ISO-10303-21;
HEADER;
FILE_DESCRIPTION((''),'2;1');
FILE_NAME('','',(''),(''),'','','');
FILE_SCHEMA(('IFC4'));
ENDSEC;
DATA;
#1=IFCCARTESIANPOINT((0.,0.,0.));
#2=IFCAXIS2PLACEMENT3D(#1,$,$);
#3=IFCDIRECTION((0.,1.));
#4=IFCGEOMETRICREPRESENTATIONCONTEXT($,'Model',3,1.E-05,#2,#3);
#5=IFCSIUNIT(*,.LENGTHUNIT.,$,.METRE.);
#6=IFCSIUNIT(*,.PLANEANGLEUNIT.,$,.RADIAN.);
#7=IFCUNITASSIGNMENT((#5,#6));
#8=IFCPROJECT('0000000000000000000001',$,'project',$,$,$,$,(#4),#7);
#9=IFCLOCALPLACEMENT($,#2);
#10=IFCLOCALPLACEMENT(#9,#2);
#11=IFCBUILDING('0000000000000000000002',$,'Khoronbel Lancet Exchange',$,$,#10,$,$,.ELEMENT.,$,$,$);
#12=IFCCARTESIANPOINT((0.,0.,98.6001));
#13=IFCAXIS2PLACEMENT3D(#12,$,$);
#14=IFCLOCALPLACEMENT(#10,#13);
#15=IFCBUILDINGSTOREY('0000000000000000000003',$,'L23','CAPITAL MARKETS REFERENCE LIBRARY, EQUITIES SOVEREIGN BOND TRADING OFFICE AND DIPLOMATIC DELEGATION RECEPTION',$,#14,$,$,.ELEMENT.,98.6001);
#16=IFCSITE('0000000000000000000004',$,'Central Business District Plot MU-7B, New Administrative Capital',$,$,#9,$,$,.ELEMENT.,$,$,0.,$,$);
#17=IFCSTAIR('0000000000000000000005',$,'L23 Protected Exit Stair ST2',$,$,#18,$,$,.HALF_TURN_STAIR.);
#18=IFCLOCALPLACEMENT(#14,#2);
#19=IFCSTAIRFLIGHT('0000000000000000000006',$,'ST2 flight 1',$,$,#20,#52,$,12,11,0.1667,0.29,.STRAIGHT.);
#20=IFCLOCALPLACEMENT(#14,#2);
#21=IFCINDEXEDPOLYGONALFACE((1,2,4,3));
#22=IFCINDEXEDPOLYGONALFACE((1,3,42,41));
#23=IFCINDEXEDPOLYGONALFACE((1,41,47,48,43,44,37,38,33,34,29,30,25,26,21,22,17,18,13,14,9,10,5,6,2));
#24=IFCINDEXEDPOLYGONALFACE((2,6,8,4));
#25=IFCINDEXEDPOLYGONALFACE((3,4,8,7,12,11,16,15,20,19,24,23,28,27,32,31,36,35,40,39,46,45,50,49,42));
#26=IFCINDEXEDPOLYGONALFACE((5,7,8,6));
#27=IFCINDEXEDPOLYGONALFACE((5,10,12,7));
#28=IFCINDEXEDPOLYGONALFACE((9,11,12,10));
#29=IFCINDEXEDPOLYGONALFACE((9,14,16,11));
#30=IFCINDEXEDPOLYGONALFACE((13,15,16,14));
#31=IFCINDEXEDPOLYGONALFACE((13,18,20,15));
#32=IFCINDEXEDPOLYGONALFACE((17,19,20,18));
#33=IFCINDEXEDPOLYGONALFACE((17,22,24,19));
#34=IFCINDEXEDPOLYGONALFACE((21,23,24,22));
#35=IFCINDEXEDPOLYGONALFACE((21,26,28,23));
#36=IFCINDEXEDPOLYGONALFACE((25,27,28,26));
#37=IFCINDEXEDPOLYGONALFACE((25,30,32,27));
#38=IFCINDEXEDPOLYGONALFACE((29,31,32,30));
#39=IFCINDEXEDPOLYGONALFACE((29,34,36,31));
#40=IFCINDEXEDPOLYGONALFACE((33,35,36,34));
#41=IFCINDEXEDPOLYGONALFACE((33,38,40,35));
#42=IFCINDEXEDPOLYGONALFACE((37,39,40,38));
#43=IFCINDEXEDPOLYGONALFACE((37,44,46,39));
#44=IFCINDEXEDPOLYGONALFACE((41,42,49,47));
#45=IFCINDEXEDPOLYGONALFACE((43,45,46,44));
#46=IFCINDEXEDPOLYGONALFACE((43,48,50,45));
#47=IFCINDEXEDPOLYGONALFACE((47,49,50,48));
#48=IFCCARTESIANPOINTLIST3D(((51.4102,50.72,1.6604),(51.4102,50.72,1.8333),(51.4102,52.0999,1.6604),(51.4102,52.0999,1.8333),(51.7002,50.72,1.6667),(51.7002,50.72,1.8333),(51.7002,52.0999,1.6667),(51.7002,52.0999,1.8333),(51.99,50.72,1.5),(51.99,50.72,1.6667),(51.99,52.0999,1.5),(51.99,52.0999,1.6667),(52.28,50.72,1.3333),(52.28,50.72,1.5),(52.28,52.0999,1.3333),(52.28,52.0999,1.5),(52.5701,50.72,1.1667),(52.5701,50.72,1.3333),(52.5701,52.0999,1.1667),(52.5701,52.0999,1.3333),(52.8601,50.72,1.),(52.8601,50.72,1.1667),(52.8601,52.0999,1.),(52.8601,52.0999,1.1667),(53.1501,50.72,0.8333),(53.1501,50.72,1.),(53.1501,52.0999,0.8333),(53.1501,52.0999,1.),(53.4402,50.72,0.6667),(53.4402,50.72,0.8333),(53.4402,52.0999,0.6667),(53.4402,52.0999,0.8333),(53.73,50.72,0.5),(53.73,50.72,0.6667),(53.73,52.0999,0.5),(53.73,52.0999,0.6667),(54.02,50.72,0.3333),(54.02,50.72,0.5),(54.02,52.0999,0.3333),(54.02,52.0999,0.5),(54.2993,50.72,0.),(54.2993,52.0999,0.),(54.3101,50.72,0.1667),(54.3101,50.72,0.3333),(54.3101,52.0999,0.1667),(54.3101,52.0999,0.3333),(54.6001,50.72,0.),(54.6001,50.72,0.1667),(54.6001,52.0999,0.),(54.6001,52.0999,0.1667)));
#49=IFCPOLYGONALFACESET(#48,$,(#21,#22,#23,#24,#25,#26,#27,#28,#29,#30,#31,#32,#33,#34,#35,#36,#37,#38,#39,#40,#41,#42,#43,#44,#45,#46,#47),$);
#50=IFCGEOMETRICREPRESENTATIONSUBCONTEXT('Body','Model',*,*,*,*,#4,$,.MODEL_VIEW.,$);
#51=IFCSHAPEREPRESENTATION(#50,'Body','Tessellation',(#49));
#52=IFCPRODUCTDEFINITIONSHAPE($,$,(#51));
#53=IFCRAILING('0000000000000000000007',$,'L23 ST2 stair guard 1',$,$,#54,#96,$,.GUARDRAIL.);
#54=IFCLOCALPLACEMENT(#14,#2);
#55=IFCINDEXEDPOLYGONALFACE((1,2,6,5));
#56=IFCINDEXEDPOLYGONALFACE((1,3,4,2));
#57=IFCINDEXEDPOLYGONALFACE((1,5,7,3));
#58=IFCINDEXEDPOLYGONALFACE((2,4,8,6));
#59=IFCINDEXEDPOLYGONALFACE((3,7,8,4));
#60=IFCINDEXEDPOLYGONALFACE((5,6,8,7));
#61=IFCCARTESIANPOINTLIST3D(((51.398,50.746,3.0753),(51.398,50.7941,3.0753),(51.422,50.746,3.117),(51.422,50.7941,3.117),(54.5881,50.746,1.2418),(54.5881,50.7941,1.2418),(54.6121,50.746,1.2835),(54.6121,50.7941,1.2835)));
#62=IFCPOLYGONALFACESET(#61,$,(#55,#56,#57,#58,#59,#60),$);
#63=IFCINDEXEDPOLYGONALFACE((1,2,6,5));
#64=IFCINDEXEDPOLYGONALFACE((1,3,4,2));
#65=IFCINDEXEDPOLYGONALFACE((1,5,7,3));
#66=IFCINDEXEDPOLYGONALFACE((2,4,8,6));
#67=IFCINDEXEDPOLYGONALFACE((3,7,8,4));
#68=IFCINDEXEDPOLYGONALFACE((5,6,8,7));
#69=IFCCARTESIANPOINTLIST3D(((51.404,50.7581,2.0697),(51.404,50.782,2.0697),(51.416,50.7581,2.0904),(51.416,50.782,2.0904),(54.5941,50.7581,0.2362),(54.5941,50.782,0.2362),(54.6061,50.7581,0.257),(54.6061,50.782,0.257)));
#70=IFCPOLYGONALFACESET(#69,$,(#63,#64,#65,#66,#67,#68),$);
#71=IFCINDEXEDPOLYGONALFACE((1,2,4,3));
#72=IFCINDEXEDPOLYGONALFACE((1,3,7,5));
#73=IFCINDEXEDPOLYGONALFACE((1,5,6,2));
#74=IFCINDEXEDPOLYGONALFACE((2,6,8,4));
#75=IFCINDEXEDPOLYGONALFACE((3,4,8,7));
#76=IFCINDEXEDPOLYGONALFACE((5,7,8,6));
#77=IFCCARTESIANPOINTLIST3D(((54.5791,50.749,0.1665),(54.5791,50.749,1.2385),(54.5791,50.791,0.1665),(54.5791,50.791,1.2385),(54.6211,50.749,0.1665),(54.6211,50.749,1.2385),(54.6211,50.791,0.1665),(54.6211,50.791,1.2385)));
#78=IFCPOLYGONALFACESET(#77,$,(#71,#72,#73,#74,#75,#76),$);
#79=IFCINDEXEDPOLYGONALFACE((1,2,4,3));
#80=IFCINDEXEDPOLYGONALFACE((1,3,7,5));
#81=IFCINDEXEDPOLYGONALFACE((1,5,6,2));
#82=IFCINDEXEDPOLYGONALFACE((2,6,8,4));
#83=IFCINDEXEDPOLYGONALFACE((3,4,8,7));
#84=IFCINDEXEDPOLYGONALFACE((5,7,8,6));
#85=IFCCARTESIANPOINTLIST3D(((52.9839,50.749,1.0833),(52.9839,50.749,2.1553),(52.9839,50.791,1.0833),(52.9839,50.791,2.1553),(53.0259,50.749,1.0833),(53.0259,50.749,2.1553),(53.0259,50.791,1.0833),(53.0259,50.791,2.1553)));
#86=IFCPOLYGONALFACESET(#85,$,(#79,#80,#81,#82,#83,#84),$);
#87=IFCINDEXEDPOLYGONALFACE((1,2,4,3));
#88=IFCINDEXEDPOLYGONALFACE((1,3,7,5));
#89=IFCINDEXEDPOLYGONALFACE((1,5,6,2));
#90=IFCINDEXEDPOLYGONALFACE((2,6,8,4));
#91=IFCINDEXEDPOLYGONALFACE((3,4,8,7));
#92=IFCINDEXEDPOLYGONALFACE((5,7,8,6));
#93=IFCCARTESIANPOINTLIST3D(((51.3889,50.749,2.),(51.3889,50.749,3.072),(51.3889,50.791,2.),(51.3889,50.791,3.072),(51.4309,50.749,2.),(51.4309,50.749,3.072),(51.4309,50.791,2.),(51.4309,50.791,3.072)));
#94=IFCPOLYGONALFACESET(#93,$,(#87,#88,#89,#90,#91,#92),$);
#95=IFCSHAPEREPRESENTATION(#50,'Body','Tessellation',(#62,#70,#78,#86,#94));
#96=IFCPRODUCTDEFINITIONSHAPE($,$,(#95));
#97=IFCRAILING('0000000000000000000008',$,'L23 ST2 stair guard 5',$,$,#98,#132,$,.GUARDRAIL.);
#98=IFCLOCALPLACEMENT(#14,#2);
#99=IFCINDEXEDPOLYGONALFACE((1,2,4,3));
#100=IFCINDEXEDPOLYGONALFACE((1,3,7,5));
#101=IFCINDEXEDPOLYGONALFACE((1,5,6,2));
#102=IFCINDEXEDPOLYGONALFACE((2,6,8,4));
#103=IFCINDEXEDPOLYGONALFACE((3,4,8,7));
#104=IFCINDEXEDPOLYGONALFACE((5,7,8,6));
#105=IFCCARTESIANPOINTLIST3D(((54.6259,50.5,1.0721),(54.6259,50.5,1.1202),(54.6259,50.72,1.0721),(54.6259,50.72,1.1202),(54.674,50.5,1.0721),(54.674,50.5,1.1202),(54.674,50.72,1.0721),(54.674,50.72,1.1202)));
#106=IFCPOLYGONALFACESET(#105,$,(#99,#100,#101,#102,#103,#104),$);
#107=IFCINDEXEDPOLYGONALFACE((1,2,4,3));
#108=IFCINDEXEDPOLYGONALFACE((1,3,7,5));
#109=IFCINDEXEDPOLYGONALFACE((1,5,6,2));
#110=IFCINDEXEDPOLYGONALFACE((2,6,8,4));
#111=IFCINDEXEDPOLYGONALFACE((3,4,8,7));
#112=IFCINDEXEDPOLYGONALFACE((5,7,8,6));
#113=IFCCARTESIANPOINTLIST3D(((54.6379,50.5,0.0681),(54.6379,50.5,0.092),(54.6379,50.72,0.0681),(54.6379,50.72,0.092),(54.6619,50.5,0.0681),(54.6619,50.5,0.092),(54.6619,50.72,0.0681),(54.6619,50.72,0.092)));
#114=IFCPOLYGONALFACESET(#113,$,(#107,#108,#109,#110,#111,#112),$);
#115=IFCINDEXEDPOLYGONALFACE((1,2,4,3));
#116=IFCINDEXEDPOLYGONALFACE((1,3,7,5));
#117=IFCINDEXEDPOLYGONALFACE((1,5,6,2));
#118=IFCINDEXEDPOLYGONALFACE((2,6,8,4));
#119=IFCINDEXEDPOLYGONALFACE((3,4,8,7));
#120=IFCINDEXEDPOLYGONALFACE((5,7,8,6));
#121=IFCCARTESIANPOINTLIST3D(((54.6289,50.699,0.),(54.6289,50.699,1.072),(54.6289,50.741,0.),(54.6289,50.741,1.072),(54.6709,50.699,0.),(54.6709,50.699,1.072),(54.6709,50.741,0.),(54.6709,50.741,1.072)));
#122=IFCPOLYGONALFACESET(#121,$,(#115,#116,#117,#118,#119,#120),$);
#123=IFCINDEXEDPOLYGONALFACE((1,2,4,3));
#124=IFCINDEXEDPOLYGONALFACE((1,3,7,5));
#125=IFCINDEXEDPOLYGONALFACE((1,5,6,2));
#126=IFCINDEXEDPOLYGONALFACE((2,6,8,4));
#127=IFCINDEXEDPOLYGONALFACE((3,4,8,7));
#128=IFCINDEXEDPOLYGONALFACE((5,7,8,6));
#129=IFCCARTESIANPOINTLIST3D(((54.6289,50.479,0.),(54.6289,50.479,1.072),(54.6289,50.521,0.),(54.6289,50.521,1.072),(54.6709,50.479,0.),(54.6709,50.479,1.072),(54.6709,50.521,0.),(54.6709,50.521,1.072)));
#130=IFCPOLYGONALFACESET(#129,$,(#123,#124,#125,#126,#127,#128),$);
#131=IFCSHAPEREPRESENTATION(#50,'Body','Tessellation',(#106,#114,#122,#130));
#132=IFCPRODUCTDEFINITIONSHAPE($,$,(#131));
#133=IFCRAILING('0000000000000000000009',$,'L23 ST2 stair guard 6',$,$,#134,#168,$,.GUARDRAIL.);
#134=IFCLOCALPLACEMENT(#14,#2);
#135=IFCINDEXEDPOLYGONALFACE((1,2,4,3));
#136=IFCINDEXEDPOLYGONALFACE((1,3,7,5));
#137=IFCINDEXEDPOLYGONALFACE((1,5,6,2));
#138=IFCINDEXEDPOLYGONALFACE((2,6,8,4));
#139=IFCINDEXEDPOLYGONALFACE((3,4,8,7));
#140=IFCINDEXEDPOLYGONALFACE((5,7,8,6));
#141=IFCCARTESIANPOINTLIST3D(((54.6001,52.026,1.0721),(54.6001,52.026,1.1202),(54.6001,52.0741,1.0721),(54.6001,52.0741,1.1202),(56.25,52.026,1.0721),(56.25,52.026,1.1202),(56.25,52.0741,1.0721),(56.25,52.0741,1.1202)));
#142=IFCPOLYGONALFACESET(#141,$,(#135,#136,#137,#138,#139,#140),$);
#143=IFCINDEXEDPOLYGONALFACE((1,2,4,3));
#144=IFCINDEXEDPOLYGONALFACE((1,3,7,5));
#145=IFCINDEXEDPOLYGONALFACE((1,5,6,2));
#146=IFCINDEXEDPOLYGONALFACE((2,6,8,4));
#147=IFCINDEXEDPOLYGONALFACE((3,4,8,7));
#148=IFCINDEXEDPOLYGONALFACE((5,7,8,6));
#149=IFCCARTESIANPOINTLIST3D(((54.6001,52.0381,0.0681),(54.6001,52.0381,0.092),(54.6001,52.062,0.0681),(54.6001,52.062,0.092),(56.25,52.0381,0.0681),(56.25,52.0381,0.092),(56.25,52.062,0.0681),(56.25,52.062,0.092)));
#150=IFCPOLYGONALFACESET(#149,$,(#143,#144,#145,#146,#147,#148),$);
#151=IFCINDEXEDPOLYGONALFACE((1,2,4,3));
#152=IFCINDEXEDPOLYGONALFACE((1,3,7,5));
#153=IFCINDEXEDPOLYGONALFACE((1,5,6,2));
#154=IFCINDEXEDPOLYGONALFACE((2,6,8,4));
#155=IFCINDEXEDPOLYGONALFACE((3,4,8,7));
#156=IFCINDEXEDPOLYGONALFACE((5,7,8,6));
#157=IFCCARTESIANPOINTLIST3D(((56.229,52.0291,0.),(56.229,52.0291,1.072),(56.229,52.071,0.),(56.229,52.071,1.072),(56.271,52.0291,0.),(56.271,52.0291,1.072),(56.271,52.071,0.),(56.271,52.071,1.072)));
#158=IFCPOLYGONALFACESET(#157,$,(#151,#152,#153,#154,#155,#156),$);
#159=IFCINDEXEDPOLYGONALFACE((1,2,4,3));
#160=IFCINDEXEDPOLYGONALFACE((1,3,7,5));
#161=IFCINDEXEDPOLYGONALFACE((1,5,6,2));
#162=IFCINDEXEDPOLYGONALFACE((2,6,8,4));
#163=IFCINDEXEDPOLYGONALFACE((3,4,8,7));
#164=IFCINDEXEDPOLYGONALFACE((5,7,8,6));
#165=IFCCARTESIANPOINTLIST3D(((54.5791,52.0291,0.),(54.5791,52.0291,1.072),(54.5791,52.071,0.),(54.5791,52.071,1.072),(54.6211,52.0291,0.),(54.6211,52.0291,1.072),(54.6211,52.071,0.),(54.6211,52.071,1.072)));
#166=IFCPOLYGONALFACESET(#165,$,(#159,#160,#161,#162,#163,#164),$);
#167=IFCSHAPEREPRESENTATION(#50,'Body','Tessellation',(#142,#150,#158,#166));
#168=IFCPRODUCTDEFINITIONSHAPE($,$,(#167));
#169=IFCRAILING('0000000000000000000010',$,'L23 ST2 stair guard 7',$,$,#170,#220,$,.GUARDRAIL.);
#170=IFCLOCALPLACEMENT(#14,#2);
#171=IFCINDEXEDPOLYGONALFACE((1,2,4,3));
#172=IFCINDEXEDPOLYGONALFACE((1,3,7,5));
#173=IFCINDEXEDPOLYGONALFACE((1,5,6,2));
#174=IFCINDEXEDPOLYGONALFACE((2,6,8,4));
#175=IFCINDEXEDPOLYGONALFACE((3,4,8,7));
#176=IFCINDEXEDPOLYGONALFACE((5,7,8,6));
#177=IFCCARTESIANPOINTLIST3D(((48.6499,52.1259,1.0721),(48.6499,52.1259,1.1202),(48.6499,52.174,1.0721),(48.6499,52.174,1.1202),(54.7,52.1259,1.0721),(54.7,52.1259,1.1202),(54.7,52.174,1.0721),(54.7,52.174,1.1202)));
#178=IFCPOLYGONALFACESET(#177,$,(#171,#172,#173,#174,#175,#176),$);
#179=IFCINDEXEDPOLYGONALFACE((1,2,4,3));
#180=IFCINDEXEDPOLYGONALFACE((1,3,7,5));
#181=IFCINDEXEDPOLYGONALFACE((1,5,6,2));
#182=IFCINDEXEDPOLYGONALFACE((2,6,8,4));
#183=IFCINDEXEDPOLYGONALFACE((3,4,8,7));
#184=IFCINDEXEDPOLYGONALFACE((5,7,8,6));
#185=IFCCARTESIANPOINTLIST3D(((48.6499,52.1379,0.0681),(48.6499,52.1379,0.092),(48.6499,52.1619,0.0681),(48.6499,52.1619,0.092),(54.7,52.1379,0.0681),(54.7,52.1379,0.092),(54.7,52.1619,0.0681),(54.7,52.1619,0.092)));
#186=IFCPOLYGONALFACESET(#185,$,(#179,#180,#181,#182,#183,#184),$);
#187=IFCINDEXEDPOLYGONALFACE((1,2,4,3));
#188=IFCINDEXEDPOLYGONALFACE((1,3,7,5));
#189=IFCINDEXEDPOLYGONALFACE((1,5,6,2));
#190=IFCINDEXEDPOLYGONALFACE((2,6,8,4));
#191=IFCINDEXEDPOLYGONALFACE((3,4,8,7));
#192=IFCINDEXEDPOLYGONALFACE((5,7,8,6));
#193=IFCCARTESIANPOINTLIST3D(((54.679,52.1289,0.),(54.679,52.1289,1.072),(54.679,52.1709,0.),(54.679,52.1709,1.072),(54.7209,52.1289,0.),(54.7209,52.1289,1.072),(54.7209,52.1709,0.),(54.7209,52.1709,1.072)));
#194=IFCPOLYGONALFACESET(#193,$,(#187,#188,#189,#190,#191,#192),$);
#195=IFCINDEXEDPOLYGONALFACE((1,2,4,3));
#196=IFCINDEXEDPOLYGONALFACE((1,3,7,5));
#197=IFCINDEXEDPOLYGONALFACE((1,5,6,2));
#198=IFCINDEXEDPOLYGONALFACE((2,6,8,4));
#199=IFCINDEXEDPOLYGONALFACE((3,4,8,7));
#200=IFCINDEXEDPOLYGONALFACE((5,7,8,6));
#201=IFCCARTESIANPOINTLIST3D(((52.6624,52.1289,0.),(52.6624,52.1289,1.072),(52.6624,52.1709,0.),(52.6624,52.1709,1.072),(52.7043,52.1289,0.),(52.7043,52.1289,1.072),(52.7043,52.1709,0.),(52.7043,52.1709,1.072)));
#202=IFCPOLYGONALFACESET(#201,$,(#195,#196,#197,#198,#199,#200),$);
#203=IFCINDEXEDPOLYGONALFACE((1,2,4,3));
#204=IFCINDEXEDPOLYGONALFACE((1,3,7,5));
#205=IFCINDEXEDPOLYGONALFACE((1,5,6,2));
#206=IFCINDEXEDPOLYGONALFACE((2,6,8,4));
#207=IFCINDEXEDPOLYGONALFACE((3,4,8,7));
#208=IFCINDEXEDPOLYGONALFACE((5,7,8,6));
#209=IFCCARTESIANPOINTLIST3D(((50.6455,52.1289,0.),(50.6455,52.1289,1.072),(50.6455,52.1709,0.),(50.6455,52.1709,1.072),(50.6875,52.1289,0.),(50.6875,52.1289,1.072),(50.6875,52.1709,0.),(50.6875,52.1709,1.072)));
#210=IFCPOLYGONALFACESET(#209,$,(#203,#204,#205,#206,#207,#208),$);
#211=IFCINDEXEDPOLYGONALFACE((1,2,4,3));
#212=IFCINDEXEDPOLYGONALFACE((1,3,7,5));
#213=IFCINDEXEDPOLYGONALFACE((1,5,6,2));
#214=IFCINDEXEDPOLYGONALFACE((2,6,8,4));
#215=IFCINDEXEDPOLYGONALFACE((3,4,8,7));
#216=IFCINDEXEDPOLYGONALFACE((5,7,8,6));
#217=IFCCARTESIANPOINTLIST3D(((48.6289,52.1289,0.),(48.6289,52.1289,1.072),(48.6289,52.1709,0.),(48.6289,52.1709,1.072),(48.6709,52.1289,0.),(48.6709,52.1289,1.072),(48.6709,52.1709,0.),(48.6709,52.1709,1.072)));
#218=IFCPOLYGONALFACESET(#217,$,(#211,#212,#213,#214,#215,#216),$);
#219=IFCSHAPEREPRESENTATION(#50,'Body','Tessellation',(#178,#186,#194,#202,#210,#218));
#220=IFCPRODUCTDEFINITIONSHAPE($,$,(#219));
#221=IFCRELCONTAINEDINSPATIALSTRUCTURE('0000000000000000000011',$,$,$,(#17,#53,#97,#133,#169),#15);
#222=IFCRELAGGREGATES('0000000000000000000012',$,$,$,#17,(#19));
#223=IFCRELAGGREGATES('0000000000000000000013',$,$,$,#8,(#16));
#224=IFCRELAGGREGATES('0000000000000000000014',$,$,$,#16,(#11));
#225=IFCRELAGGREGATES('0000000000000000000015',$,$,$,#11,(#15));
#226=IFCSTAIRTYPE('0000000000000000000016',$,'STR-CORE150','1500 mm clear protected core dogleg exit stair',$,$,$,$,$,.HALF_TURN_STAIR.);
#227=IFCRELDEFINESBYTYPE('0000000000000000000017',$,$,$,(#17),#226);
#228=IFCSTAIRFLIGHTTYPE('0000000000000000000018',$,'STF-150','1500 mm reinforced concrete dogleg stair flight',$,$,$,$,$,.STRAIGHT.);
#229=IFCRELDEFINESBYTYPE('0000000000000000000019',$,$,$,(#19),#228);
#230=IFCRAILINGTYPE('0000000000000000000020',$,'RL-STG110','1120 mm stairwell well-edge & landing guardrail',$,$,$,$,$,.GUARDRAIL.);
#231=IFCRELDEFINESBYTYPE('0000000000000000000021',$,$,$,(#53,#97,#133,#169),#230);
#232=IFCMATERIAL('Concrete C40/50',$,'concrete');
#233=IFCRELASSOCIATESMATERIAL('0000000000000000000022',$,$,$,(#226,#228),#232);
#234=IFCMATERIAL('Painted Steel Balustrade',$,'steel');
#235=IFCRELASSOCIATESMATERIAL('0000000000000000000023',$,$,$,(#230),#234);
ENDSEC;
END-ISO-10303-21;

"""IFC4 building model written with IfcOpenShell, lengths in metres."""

from ifc_helpers import new_model, si_unit, direction, frame, origin, origin_2d, place, context, subcontext, project, spatial, polyline, rectangle, outline, extrude, material, type_object, element, aggregate, save


model = new_model("IFC4")

# Units and contexts
model_context = context("Model", 3, precision=1e-05, world=origin(), true_north=direction((0.0, 1.0)))
body_context = subcontext(model_context, "Body", "Model", "MODEL_VIEW")
ifc_project = project(units=[si_unit("LENGTHUNIT", "METRE"), si_unit("PLANEANGLEUNIT", "RADIAN")], contexts=[model_context])

# Site, building, storey
site_placement = place(None, origin())
site = spatial("IfcSite", under=ifc_project, at=site_placement, Name="Central Business District Plot MU-7B, New Administrative Capital", CompositionType="ELEMENT", RefElevation=0.0)
building_placement = place(site_placement, origin())
building = spatial("IfcBuilding", under=site, at=building_placement, Name="Khoronbel Lancet Exchange", CompositionType="ELEMENT")
storey_placement = place(building_placement, frame((0.0, 0.0, 98.6001)))
storey = spatial("IfcBuildingStorey", under=building, at=storey_placement, Name="L23", Description="CAPITAL MARKETS REFERENCE LIBRARY, EQUITIES SOVEREIGN BOND TRADING OFFICE AND DIPLOMATIC DELEGATION RECEPTION", CompositionType="ELEMENT", Elevation=98.6001)

# Stair, stair flight
ifc_material_1 = material(Name="Concrete C40/50", Category="concrete")
stair_type = type_object("IfcStairType", Name="STR-CORE150", Description="1500 mm clear protected core dogleg exit stair", PredefinedType="HALF_TURN_STAIR", material=ifc_material_1)
stair_placement = place(storey_placement, origin())
stair = element("IfcStair", 1, at=stair_placement, inside=storey, type_object=stair_type, Name="L23 Protected Exit Stair ST2", PredefinedType="HALF_TURN_STAIR")
stair_flight_type = type_object("IfcStairFlightType", Name="STF-150", Description="1500 mm reinforced concrete dogleg stair flight", PredefinedType="STRAIGHT", material=ifc_material_1)
stair_flight_placement = place(storey_placement, frame((54.6001, 51.4099, 0.0), z_axis=(0.0, 0.0, 1.0), x_axis=(-1.0, 0.0, 0.0)))
stair_flight = element("IfcStairFlight", 2, at=stair_flight_placement, type_object=stair_flight_type, Name="ST2 flight 1", NumberOfRisers=12, NumberOfTreads=11, PredefinedType="STRAIGHT", RiserHeight=0.1667, TreadLength=0.29, context=body_context, shape_type="SweptSolid", body=[
    extrude(outline(polyline([(0.0, 0.0), (0.0, 0.1667), (0.29, 0.1667), (0.29, 0.3333), (0.5801, 0.3333), (0.5801, 0.5), (0.8701, 0.5), (0.8701, 0.6667), (1.1599, 0.6667), (1.1599, 0.8333), (1.45, 0.8333), (1.45, 1.0), (1.74, 1.0), (1.74, 1.1667), (2.03, 1.1667), (2.03, 1.3333), (2.3201, 1.3333), (2.3201, 1.5), (2.6101, 1.5), (2.6101, 1.6667), (2.8999, 1.6667), (2.8999, 1.8333), (3.1899, 1.8333), (3.1899, 2.0), (3.1899, 1.6604), (0.3008, 0.0), (0.0, 0.0)])), frame((0.0, 0.6899, 0.0), z_axis=(0.0, -1.0, 0.0), x_axis=(1.0, 0.0, 0.0)), (0.0, 0.0, 1.0), 1.3799),
])
aggregate(stair, [stair_flight])

# Railings
ifc_material_2 = material(Name="Painted Steel Balustrade", Category="steel")
railing_type_1 = type_object("IfcRailingType", Name="RL-STG110", Description="1120 mm stairwell well-edge & landing guardrail", PredefinedType="GUARDRAIL", material=ifc_material_2)
railing_1_placement = place(storey_placement, frame((54.6001, 50.77, 0.1665)))
element("IfcRailing", 3, at=railing_1_placement, inside=storey, type_object=railing_type_1, Name="L23 ST2 stair guard 1", PredefinedType="GUARDRAIL", context=body_context, shape_type="SweptSolid", body=[
    extrude(rectangle(XDim=0.0481, YDim=0.0481, at=origin_2d()), frame((0.0, 0.0, 1.0962), z_axis=(-0.867007, 0.0, 0.498295), x_axis=(0.0, -1.0, 0.0)), (0.0, 0.0, 1.0), 3.6794),
    extrude(rectangle(XDim=0.0239, YDim=0.0239, at=origin_2d()), frame((0.0, 0.0, 0.0801), z_axis=(-0.867007, 0.0, 0.498295), x_axis=(0.0, -1.0, 0.0)), (0.0, 0.0, 1.0), 3.6794),
    extrude(rectangle(XDim=0.042, YDim=0.042, at=origin_2d()), origin(), (0.0, 0.0, 1.0), 1.072),
    extrude(rectangle(XDim=0.042, YDim=0.042, at=origin_2d()), frame((-1.5952, 0.0, 0.9167)), (0.0, 0.0, 1.0), 1.072),
    extrude(rectangle(XDim=0.042, YDim=0.042, at=origin_2d()), frame((-3.1902, 0.0, 1.8335)), (0.0, 0.0, 1.0), 1.072),
])
railing_2_placement = place(storey_placement, frame((54.6499, 50.72, 0.0)))
element("IfcRailing", 4, at=railing_2_placement, inside=storey, type_object=railing_type_1, Name="L23 ST2 stair guard 5", PredefinedType="GUARDRAIL", context=body_context, shape_type="SweptSolid", body=[
    extrude(rectangle(XDim=0.0481, YDim=0.0481, at=origin_2d()), frame((0.0, 0.0, 1.0962), z_axis=(0.0, -1.0, 0.0), x_axis=(1.0, 0.0, 0.0)), (0.0, 0.0, 1.0), 0.22),
    extrude(rectangle(XDim=0.0239, YDim=0.0239, at=origin_2d()), frame((0.0, 0.0, 0.0801), z_axis=(0.0, -1.0, 0.0), x_axis=(1.0, 0.0, 0.0)), (0.0, 0.0, 1.0), 0.22),
    extrude(rectangle(XDim=0.042, YDim=0.042, at=origin_2d()), origin(), (0.0, 0.0, 1.0), 1.072),
    extrude(rectangle(XDim=0.042, YDim=0.042, at=origin_2d()), frame((0.0, -0.22, 0.0)), (0.0, 0.0, 1.0), 1.072),
])
railing_3_placement = place(storey_placement, frame((56.25, 52.05, 0.0)))
element("IfcRailing", 5, at=railing_3_placement, inside=storey, type_object=railing_type_1, Name="L23 ST2 stair guard 6", PredefinedType="GUARDRAIL", context=body_context, shape_type="SweptSolid", body=[
    extrude(rectangle(XDim=0.0481, YDim=0.0481, at=origin_2d()), frame((0.0, 0.0, 1.0962), z_axis=(-1.0, 0.0, 0.0), x_axis=(0.0, -1.0, 0.0)), (0.0, 0.0, 1.0), 1.6499),
    extrude(rectangle(XDim=0.0239, YDim=0.0239, at=origin_2d()), frame((0.0, 0.0, 0.0801), z_axis=(-1.0, 0.0, 0.0), x_axis=(0.0, -1.0, 0.0)), (0.0, 0.0, 1.0), 1.6499),
    extrude(rectangle(XDim=0.042, YDim=0.042, at=origin_2d()), origin(), (0.0, 0.0, 1.0), 1.072),
    extrude(rectangle(XDim=0.042, YDim=0.042, at=origin_2d()), frame((-1.6499, 0.0, 0.0)), (0.0, 0.0, 1.0), 1.072),
])
railing_4_placement = place(storey_placement, frame((54.7, 52.1499, 0.0)))
element("IfcRailing", 6, at=railing_4_placement, inside=storey, type_object=railing_type_1, Name="L23 ST2 stair guard 7", PredefinedType="GUARDRAIL", context=body_context, shape_type="SweptSolid", body=[
    extrude(rectangle(XDim=0.0481, YDim=0.0481, at=origin_2d()), frame((0.0, 0.0, 1.0962), z_axis=(-1.0, 0.0, 0.0), x_axis=(0.0, -1.0, 0.0)), (0.0, 0.0, 1.0), 6.05),
    extrude(rectangle(XDim=0.0239, YDim=0.0239, at=origin_2d()), frame((0.0, 0.0, 0.0801), z_axis=(-1.0, 0.0, 0.0), x_axis=(0.0, -1.0, 0.0)), (0.0, 0.0, 1.0), 6.05),
    extrude(rectangle(XDim=0.042, YDim=0.042, at=origin_2d()), origin(), (0.0, 0.0, 1.0), 1.072),
    extrude(rectangle(XDim=0.042, YDim=0.042, at=origin_2d()), frame((-2.0166, 0.0, 0.0)), (0.0, 0.0, 1.0), 1.072),
    extrude(rectangle(XDim=0.042, YDim=0.042, at=origin_2d()), frame((-4.0334, 0.0, 0.0)), (0.0, 0.0, 1.0), 1.072),
    extrude(rectangle(XDim=0.042, YDim=0.042, at=origin_2d()), frame((-6.05, 0.0, 0.0)), (0.0, 0.0, 1.0), 1.072),
])

save(model, "model.ifc")
